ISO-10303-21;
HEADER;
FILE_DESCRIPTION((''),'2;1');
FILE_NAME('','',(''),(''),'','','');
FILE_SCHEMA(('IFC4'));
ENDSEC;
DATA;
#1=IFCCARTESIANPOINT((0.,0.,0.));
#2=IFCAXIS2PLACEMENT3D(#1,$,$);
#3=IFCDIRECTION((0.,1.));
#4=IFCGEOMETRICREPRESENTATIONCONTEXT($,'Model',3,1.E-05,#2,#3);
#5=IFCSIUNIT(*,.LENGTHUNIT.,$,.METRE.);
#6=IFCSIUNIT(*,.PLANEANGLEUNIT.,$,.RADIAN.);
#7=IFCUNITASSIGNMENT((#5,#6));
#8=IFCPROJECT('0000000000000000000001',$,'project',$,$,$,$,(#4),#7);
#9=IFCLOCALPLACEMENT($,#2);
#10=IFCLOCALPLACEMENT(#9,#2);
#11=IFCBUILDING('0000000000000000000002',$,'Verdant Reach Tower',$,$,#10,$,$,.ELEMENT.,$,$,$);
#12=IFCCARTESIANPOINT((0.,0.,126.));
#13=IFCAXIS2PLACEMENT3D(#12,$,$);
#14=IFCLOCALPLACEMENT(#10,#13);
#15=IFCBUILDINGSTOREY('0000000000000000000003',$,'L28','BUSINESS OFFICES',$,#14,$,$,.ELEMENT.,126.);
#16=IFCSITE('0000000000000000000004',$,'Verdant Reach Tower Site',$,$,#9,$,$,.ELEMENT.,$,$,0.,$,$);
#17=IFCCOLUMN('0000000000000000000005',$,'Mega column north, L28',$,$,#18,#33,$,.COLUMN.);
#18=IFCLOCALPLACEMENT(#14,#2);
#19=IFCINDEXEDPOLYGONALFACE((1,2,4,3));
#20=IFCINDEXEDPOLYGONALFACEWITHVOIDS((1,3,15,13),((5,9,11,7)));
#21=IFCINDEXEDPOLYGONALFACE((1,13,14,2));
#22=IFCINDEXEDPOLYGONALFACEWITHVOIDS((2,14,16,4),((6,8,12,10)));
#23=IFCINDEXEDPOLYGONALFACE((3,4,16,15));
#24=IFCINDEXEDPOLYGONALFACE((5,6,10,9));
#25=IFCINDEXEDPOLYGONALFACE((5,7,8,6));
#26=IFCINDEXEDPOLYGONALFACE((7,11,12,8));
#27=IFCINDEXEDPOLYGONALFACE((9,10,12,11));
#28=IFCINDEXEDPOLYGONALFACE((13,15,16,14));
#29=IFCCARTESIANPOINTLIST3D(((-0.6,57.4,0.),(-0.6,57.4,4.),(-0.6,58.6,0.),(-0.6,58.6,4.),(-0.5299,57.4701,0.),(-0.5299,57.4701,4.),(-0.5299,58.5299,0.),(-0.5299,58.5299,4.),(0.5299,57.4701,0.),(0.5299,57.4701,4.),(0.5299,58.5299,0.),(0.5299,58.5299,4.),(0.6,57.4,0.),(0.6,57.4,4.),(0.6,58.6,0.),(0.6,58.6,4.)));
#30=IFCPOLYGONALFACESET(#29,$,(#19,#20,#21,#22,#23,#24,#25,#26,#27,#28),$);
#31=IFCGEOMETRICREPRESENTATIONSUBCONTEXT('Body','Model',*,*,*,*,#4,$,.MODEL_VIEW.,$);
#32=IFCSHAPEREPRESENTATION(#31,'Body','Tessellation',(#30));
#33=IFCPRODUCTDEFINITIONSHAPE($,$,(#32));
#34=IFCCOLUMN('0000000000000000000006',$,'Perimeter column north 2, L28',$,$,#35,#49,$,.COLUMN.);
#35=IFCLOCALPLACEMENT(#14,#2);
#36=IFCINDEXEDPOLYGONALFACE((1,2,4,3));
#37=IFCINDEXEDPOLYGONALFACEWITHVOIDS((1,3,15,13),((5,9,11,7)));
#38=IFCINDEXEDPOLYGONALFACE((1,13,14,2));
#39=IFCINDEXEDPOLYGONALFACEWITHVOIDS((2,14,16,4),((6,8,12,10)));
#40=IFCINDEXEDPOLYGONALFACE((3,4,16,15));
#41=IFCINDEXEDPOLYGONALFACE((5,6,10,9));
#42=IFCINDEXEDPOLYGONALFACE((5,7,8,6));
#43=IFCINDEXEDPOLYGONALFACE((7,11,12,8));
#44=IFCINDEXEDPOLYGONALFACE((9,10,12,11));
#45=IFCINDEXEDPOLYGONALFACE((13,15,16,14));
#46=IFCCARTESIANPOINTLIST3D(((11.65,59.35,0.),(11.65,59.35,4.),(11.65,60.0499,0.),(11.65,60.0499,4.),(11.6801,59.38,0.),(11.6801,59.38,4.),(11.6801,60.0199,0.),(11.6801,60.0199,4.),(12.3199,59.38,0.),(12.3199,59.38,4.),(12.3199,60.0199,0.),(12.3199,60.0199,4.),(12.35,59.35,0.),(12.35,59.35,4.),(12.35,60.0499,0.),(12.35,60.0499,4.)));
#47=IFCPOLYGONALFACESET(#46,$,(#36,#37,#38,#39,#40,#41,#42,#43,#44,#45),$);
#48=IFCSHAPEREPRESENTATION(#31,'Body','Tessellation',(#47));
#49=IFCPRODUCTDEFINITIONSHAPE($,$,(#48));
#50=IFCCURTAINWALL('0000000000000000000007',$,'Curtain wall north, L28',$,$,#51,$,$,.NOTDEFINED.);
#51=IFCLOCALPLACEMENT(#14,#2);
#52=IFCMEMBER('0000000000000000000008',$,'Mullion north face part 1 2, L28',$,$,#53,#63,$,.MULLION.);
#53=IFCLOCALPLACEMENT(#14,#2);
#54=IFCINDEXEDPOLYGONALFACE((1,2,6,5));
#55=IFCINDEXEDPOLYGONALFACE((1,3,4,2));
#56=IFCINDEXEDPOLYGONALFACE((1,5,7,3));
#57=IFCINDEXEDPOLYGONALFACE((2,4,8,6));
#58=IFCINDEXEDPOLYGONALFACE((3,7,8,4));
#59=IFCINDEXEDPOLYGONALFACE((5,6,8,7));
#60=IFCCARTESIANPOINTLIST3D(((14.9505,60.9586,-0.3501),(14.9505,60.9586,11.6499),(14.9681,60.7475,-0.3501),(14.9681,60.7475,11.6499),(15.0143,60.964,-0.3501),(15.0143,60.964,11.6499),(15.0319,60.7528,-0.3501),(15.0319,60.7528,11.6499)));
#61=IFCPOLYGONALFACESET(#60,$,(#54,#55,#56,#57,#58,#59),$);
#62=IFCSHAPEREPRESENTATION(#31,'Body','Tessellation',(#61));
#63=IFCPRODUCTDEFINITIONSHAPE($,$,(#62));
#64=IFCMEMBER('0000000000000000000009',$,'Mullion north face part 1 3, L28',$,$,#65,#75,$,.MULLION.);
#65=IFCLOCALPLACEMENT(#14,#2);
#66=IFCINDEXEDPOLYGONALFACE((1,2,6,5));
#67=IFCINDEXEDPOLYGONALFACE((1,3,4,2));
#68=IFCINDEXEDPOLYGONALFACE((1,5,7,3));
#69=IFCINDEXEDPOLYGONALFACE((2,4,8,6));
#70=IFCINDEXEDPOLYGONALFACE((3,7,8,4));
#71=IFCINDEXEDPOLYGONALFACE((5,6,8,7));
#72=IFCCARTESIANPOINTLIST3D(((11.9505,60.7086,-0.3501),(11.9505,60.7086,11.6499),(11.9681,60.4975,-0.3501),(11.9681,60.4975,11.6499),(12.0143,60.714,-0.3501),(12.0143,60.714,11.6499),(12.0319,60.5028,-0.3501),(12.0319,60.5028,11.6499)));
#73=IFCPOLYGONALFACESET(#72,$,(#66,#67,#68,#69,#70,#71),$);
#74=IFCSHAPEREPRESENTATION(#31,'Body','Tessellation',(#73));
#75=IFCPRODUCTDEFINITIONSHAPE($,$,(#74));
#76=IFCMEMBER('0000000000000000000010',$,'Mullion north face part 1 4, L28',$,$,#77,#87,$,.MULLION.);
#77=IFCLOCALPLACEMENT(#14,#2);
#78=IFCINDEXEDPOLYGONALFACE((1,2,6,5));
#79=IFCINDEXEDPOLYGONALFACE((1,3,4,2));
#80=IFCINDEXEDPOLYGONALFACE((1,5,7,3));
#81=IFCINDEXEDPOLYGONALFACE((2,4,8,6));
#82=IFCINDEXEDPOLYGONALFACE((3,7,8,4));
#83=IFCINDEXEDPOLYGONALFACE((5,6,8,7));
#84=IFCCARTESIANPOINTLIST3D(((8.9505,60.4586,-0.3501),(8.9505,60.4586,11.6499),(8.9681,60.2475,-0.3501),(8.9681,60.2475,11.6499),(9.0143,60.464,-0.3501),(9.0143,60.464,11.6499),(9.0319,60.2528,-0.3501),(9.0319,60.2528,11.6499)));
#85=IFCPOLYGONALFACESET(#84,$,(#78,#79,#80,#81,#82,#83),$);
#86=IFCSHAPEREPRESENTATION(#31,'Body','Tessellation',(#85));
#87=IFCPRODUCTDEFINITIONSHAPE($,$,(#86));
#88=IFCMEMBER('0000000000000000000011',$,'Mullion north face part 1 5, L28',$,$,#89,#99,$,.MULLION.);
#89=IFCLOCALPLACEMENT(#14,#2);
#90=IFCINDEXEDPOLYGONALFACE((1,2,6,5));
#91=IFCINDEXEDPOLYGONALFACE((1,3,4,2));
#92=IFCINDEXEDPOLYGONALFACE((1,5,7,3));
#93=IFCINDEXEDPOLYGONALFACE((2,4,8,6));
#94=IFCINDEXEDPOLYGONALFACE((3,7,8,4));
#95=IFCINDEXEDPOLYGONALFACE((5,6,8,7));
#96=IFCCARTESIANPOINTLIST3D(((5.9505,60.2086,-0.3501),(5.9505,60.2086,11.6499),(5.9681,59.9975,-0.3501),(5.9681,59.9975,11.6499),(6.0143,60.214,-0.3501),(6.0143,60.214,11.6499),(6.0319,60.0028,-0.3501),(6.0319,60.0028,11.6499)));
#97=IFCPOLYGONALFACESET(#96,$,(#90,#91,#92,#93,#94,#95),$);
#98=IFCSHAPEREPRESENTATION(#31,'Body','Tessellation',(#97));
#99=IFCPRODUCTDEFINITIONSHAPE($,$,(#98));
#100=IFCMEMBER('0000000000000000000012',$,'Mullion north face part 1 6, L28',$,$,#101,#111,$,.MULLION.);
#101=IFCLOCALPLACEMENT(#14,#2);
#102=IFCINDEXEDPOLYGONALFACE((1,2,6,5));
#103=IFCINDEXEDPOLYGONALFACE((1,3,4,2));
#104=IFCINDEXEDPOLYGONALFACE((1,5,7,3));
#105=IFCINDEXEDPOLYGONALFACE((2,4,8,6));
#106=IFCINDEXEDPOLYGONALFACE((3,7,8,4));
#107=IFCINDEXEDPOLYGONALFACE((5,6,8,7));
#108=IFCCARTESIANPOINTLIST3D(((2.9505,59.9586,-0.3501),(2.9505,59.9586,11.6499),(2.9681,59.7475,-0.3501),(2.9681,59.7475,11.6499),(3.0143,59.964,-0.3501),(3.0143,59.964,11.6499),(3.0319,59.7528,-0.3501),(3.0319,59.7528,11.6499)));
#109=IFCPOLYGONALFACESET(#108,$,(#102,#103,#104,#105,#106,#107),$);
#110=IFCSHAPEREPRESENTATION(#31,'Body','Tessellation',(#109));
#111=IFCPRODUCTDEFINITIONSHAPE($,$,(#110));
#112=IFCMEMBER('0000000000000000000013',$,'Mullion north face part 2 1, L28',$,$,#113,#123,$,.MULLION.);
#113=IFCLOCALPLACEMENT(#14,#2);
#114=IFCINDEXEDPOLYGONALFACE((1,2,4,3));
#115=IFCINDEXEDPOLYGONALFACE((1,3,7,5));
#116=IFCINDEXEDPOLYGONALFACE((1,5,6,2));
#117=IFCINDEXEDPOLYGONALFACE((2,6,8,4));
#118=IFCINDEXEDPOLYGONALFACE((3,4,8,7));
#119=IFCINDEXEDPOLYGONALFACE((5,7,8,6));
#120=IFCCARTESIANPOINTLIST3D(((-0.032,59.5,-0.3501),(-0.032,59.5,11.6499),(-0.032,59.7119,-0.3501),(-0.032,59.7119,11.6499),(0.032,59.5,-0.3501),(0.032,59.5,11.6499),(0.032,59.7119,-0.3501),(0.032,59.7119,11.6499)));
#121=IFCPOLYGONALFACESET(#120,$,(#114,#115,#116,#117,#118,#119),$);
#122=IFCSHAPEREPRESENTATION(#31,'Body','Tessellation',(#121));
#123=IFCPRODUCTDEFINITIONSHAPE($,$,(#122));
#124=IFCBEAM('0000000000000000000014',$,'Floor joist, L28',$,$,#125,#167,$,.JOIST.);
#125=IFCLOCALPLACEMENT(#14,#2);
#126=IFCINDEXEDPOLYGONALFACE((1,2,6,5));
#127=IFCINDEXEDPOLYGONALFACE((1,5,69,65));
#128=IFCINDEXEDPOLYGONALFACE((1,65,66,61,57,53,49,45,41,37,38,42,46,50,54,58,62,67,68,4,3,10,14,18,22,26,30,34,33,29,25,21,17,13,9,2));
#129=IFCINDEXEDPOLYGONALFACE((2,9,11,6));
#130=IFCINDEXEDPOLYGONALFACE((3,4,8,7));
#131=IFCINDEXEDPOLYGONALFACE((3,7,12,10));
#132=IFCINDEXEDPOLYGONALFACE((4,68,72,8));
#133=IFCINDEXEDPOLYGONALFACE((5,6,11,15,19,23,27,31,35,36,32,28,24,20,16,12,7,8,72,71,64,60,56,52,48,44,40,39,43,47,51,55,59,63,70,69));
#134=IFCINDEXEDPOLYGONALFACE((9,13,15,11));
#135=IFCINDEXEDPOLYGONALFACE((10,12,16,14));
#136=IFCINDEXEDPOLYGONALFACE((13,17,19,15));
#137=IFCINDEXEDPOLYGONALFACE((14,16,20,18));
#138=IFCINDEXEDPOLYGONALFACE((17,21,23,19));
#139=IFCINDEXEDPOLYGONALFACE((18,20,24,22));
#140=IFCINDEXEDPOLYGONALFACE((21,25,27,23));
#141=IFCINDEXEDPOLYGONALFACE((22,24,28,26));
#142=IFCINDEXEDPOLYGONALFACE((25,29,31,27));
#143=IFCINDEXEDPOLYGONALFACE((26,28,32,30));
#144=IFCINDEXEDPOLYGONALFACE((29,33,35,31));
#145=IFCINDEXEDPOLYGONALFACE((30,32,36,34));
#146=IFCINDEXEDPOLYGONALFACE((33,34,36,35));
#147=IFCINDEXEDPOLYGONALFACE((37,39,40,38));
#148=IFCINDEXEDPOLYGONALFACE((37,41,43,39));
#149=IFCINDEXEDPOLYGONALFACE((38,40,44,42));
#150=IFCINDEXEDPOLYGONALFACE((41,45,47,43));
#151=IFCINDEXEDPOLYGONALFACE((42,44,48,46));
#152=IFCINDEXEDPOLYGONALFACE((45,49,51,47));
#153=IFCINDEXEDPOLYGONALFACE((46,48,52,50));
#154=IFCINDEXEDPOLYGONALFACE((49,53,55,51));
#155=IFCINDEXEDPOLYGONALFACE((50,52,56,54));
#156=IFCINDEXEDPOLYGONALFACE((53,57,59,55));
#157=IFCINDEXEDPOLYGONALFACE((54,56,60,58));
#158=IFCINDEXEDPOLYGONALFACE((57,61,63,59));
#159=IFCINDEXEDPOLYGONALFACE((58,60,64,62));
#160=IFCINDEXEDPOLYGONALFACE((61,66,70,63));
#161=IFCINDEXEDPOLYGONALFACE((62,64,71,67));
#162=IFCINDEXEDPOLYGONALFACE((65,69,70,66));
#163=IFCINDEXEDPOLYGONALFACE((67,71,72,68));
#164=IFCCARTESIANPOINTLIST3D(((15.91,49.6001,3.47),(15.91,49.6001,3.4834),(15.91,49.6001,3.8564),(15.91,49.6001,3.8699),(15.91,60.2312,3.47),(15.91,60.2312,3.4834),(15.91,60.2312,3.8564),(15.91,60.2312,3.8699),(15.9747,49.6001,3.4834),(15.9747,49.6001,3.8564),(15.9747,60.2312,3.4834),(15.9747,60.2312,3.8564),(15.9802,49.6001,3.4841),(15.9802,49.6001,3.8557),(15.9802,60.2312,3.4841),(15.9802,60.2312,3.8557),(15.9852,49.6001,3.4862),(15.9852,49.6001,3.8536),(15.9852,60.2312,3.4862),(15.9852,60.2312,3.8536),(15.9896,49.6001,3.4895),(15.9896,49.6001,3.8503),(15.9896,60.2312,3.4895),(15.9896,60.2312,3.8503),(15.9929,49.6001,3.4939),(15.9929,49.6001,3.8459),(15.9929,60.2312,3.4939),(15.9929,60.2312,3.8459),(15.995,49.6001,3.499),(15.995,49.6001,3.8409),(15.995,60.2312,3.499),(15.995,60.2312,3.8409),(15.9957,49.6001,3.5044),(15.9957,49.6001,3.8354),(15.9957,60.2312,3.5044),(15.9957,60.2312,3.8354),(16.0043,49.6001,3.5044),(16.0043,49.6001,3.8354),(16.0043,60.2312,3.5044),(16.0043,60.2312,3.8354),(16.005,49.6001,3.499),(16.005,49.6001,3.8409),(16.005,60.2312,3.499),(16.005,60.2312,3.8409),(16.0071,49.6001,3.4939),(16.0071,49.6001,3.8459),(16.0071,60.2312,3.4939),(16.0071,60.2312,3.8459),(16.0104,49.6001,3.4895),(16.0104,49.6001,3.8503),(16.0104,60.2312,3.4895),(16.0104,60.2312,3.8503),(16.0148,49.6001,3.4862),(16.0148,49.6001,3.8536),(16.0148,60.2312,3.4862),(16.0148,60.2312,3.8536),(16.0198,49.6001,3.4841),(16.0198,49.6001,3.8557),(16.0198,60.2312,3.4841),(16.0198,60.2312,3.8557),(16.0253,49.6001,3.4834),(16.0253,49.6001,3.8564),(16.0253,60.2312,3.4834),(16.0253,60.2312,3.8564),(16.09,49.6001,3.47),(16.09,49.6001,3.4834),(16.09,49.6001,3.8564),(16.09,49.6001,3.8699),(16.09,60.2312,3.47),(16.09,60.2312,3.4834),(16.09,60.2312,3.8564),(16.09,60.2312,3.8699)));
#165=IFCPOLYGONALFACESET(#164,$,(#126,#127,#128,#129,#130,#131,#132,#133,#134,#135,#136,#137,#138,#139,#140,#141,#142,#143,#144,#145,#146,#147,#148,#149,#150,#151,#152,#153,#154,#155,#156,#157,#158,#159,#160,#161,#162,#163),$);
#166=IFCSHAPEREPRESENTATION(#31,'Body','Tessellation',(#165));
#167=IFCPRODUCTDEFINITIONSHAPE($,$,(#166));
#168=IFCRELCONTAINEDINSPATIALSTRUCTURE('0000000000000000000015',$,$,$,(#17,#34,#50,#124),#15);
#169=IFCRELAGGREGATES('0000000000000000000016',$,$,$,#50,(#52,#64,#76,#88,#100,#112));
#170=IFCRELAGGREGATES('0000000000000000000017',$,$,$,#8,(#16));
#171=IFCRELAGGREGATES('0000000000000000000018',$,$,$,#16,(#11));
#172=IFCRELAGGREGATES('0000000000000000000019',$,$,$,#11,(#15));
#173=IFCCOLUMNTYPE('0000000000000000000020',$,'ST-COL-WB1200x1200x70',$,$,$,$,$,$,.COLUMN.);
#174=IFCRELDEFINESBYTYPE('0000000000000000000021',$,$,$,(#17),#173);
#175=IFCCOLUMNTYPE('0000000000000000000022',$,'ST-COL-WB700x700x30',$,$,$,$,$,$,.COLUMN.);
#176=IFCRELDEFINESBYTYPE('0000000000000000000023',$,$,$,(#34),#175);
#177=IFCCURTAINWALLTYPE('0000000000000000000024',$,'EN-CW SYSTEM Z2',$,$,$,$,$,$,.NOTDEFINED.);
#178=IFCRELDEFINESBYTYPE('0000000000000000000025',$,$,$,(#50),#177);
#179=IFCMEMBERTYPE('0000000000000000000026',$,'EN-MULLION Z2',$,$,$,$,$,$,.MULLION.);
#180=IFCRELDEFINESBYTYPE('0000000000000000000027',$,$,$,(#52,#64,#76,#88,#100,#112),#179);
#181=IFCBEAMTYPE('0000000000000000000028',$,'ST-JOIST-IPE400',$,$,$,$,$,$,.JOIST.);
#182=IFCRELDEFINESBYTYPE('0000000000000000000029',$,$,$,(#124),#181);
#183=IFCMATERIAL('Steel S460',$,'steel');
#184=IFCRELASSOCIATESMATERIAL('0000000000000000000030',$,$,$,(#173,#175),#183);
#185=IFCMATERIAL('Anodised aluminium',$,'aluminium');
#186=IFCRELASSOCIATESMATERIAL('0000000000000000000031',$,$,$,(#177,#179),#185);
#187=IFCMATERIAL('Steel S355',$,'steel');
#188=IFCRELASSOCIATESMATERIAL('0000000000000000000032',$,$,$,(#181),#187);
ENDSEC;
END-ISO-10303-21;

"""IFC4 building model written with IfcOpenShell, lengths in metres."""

from ifc_helpers import new_model, si_unit, direction, frame, origin, origin_2d, place, context, subcontext, project, spatial, rectangle, hollow_rectangle, i_section, extrude, material, material_profile, profile_set, type_object, element, aggregate, save


model = new_model("IFC4")

# Units and contexts
model_context = context("Model", 3, precision=1e-05, world=origin(), true_north=direction((0.0, 1.0)))
body_context = subcontext(model_context, "Body", "Model", "MODEL_VIEW")
ifc_project = project(units=[si_unit("LENGTHUNIT", "METRE"), si_unit("PLANEANGLEUNIT", "RADIAN")], contexts=[model_context])

# Site, building, storey
site_placement = place(None, origin())
site = spatial("IfcSite", under=ifc_project, at=site_placement, Name="Verdant Reach Tower Site", CompositionType="ELEMENT", RefElevation=0.0)
building_placement = place(site_placement, origin())
building = spatial("IfcBuilding", under=site, at=building_placement, Name="Verdant Reach Tower", CompositionType="ELEMENT")
storey_placement = place(building_placement, frame((0.0, 0.0, 126.0)))
storey = spatial("IfcBuildingStorey", under=building, at=storey_placement, Name="L28", Description="BUSINESS OFFICES", CompositionType="ELEMENT", Elevation=126.0)

# Columns
ifc_material_1 = material(Name="Steel S460", Category="steel")
ifc_material_profile_1 = material_profile(ifc_material_1, hollow_rectangle(XDim=1.2, YDim=1.2, WallThickness=0.0701, at=origin_2d()), Name="WB 1200x1200x70")
ifc_profile_set_1 = profile_set([ifc_material_profile_1], Name="Steel S460")
column_type_1 = type_object("IfcColumnType", Name="ST-COL-WB1200x1200x70", PredefinedType="COLUMN", material=ifc_profile_set_1)
column_1_placement = place(storey_placement, frame((0.0, 58.0, 0.0), z_axis=(0.0, 0.0, 1.0), x_axis=(1.0, 0.0, 0.0)))
element("IfcColumn", 1, at=column_1_placement, inside=storey, type_object=column_type_1, Name="Mega column north, L28", PredefinedType="COLUMN", context=body_context, shape_type="SweptSolid", body=[
    extrude(hollow_rectangle(XDim=1.2, YDim=1.2, WallThickness=0.0701, at=origin_2d()), origin(), (0.0, 0.0, 1.0), 4.0),
])
ifc_material_profile_2 = material_profile(ifc_material_1, hollow_rectangle(XDim=0.7, YDim=0.7, WallThickness=0.03, at=origin_2d()), Name="WB 700x700x30")
ifc_profile_set_2 = profile_set([ifc_material_profile_2], Name="Steel S460")
column_type_2 = type_object("IfcColumnType", Name="ST-COL-WB700x700x30", PredefinedType="COLUMN", material=ifc_profile_set_2)
column_2_placement = place(storey_placement, frame((12.0, 59.7, 0.0), z_axis=(0.0, 0.0, 1.0), x_axis=(1.0, 0.0, 0.0)))
element("IfcColumn", 2, at=column_2_placement, inside=storey, type_object=column_type_2, Name="Perimeter column north 2, L28", PredefinedType="COLUMN", context=body_context, shape_type="SweptSolid", body=[
    extrude(hollow_rectangle(XDim=0.7, YDim=0.7, WallThickness=0.03, at=origin_2d()), origin(), (0.0, 0.0, 1.0), 4.0),
])

# Curtain wall, members
ifc_material_2 = material(Name="Anodised aluminium", Category="aluminium")
curtain_wall_type = type_object("IfcCurtainWallType", Name="EN-CW SYSTEM Z2", PredefinedType="NOTDEFINED", material=ifc_material_2)
curtain_wall_placement = place(storey_placement, origin())
curtain_wall = element("IfcCurtainWall", 3, at=curtain_wall_placement, inside=storey, type_object=curtain_wall_type, Name="Curtain wall north, L28", PredefinedType="NOTDEFINED")
ifc_material_profile_3 = material_profile(ifc_material_2, rectangle(XDim=0.2119, YDim=0.064, at=origin_2d()), Name="Mullion 64x212")
ifc_profile_set_3 = profile_set([ifc_material_profile_3], Name="Anodised aluminium")
member_type = type_object("IfcMemberType", Name="EN-MULLION Z2", PredefinedType="MULLION", material=ifc_profile_set_3)
member_1_placement = place(storey_placement, frame((14.9912, 60.8557, -0.3501), z_axis=(0.0, 0.0, 1.0), x_axis=(-0.083045, 0.996546, 0.0)))
member_1 = element("IfcMember", 4, at=member_1_placement, type_object=member_type, Name="Mullion north face part 1 2, L28", PredefinedType="MULLION", context=body_context, shape_type="SweptSolid", body=[
    extrude(rectangle(XDim=0.2119, YDim=0.064, at=origin_2d()), origin(), (0.0, 0.0, 1.0), 12.0),
])
member_2_placement = place(storey_placement, frame((11.9912, 60.6057, -0.3501), z_axis=(0.0, 0.0, 1.0), x_axis=(-0.083045, 0.996546, 0.0)))
member_2 = element("IfcMember", 5, at=member_2_placement, type_object=member_type, Name="Mullion north face part 1 3, L28", PredefinedType="MULLION", context=body_context, shape_type="SweptSolid", body=[
    extrude(rectangle(XDim=0.2119, YDim=0.064, at=origin_2d()), origin(), (0.0, 0.0, 1.0), 12.0),
])
member_3_placement = place(storey_placement, frame((8.9912, 60.3557, -0.3501), z_axis=(0.0, 0.0, 1.0), x_axis=(-0.083045, 0.996546, 0.0)))
member_3 = element("IfcMember", 6, at=member_3_placement, type_object=member_type, Name="Mullion north face part 1 4, L28", PredefinedType="MULLION", context=body_context, shape_type="SweptSolid", body=[
    extrude(rectangle(XDim=0.2119, YDim=0.064, at=origin_2d()), origin(), (0.0, 0.0, 1.0), 12.0),
])
member_4_placement = place(storey_placement, frame((5.9912, 60.1057, -0.3501), z_axis=(0.0, 0.0, 1.0), x_axis=(-0.083045, 0.996546, 0.0)))
member_4 = element("IfcMember", 7, at=member_4_placement, type_object=member_type, Name="Mullion north face part 1 5, L28", PredefinedType="MULLION", context=body_context, shape_type="SweptSolid", body=[
    extrude(rectangle(XDim=0.2119, YDim=0.064, at=origin_2d()), origin(), (0.0, 0.0, 1.0), 12.0),
])
member_5_placement = place(storey_placement, frame((2.9912, 59.8557, -0.3501), z_axis=(0.0, 0.0, 1.0), x_axis=(-0.083045, 0.996546, 0.0)))
member_5 = element("IfcMember", 8, at=member_5_placement, type_object=member_type, Name="Mullion north face part 1 6, L28", PredefinedType="MULLION", context=body_context, shape_type="SweptSolid", body=[
    extrude(rectangle(XDim=0.2119, YDim=0.064, at=origin_2d()), origin(), (0.0, 0.0, 1.0), 12.0),
])
member_6_placement = place(storey_placement, frame((0.0, 59.606, -0.3501), z_axis=(0.0, 0.0, 1.0), x_axis=(0.0, 1.0, 0.0)))
member_6 = element("IfcMember", 9, at=member_6_placement, type_object=member_type, Name="Mullion north face part 2 1, L28", PredefinedType="MULLION", context=body_context, shape_type="SweptSolid", body=[
    extrude(rectangle(XDim=0.2119, YDim=0.064, at=origin_2d()), origin(), (0.0, 0.0, 1.0), 12.0),
])

# Beam
ifc_material_3 = material(Name="Steel S355", Category="steel")
ifc_material_profile_4 = material_profile(ifc_material_3, i_section(OverallWidth=0.1799, OverallDepth=0.3999, WebThickness=0.0085, FlangeThickness=0.0134, FilletRadius=0.021, at=origin_2d()), Name="IPE 400")
ifc_profile_set_4 = profile_set([ifc_material_profile_4], Name="Steel S355")
beam_type_1 = type_object("IfcBeamType", Name="ST-JOIST-IPE400", PredefinedType="JOIST", material=ifc_profile_set_4)
beam_1_placement = place(storey_placement, frame((16.0, 49.6001, 3.6699), z_axis=(0.0, 1.0, 0.0), x_axis=(-1.0, 0.0, 0.0)))
element("IfcBeam", 10, at=beam_1_placement, inside=storey, type_object=beam_type_1, Name="Floor joist, L28", PredefinedType="JOIST", context=body_context, shape_type="SweptSolid", body=[
    extrude(i_section(OverallWidth=0.1799, OverallDepth=0.3999, WebThickness=0.0085, FlangeThickness=0.0134, FilletRadius=0.021, at=origin_2d()), origin(), (0.0, 0.0, 1.0), 10.6311),
])

aggregate(curtain_wall, [member_1, member_2, member_3, member_4, member_5, member_6])

save(model, "model.ifc")
